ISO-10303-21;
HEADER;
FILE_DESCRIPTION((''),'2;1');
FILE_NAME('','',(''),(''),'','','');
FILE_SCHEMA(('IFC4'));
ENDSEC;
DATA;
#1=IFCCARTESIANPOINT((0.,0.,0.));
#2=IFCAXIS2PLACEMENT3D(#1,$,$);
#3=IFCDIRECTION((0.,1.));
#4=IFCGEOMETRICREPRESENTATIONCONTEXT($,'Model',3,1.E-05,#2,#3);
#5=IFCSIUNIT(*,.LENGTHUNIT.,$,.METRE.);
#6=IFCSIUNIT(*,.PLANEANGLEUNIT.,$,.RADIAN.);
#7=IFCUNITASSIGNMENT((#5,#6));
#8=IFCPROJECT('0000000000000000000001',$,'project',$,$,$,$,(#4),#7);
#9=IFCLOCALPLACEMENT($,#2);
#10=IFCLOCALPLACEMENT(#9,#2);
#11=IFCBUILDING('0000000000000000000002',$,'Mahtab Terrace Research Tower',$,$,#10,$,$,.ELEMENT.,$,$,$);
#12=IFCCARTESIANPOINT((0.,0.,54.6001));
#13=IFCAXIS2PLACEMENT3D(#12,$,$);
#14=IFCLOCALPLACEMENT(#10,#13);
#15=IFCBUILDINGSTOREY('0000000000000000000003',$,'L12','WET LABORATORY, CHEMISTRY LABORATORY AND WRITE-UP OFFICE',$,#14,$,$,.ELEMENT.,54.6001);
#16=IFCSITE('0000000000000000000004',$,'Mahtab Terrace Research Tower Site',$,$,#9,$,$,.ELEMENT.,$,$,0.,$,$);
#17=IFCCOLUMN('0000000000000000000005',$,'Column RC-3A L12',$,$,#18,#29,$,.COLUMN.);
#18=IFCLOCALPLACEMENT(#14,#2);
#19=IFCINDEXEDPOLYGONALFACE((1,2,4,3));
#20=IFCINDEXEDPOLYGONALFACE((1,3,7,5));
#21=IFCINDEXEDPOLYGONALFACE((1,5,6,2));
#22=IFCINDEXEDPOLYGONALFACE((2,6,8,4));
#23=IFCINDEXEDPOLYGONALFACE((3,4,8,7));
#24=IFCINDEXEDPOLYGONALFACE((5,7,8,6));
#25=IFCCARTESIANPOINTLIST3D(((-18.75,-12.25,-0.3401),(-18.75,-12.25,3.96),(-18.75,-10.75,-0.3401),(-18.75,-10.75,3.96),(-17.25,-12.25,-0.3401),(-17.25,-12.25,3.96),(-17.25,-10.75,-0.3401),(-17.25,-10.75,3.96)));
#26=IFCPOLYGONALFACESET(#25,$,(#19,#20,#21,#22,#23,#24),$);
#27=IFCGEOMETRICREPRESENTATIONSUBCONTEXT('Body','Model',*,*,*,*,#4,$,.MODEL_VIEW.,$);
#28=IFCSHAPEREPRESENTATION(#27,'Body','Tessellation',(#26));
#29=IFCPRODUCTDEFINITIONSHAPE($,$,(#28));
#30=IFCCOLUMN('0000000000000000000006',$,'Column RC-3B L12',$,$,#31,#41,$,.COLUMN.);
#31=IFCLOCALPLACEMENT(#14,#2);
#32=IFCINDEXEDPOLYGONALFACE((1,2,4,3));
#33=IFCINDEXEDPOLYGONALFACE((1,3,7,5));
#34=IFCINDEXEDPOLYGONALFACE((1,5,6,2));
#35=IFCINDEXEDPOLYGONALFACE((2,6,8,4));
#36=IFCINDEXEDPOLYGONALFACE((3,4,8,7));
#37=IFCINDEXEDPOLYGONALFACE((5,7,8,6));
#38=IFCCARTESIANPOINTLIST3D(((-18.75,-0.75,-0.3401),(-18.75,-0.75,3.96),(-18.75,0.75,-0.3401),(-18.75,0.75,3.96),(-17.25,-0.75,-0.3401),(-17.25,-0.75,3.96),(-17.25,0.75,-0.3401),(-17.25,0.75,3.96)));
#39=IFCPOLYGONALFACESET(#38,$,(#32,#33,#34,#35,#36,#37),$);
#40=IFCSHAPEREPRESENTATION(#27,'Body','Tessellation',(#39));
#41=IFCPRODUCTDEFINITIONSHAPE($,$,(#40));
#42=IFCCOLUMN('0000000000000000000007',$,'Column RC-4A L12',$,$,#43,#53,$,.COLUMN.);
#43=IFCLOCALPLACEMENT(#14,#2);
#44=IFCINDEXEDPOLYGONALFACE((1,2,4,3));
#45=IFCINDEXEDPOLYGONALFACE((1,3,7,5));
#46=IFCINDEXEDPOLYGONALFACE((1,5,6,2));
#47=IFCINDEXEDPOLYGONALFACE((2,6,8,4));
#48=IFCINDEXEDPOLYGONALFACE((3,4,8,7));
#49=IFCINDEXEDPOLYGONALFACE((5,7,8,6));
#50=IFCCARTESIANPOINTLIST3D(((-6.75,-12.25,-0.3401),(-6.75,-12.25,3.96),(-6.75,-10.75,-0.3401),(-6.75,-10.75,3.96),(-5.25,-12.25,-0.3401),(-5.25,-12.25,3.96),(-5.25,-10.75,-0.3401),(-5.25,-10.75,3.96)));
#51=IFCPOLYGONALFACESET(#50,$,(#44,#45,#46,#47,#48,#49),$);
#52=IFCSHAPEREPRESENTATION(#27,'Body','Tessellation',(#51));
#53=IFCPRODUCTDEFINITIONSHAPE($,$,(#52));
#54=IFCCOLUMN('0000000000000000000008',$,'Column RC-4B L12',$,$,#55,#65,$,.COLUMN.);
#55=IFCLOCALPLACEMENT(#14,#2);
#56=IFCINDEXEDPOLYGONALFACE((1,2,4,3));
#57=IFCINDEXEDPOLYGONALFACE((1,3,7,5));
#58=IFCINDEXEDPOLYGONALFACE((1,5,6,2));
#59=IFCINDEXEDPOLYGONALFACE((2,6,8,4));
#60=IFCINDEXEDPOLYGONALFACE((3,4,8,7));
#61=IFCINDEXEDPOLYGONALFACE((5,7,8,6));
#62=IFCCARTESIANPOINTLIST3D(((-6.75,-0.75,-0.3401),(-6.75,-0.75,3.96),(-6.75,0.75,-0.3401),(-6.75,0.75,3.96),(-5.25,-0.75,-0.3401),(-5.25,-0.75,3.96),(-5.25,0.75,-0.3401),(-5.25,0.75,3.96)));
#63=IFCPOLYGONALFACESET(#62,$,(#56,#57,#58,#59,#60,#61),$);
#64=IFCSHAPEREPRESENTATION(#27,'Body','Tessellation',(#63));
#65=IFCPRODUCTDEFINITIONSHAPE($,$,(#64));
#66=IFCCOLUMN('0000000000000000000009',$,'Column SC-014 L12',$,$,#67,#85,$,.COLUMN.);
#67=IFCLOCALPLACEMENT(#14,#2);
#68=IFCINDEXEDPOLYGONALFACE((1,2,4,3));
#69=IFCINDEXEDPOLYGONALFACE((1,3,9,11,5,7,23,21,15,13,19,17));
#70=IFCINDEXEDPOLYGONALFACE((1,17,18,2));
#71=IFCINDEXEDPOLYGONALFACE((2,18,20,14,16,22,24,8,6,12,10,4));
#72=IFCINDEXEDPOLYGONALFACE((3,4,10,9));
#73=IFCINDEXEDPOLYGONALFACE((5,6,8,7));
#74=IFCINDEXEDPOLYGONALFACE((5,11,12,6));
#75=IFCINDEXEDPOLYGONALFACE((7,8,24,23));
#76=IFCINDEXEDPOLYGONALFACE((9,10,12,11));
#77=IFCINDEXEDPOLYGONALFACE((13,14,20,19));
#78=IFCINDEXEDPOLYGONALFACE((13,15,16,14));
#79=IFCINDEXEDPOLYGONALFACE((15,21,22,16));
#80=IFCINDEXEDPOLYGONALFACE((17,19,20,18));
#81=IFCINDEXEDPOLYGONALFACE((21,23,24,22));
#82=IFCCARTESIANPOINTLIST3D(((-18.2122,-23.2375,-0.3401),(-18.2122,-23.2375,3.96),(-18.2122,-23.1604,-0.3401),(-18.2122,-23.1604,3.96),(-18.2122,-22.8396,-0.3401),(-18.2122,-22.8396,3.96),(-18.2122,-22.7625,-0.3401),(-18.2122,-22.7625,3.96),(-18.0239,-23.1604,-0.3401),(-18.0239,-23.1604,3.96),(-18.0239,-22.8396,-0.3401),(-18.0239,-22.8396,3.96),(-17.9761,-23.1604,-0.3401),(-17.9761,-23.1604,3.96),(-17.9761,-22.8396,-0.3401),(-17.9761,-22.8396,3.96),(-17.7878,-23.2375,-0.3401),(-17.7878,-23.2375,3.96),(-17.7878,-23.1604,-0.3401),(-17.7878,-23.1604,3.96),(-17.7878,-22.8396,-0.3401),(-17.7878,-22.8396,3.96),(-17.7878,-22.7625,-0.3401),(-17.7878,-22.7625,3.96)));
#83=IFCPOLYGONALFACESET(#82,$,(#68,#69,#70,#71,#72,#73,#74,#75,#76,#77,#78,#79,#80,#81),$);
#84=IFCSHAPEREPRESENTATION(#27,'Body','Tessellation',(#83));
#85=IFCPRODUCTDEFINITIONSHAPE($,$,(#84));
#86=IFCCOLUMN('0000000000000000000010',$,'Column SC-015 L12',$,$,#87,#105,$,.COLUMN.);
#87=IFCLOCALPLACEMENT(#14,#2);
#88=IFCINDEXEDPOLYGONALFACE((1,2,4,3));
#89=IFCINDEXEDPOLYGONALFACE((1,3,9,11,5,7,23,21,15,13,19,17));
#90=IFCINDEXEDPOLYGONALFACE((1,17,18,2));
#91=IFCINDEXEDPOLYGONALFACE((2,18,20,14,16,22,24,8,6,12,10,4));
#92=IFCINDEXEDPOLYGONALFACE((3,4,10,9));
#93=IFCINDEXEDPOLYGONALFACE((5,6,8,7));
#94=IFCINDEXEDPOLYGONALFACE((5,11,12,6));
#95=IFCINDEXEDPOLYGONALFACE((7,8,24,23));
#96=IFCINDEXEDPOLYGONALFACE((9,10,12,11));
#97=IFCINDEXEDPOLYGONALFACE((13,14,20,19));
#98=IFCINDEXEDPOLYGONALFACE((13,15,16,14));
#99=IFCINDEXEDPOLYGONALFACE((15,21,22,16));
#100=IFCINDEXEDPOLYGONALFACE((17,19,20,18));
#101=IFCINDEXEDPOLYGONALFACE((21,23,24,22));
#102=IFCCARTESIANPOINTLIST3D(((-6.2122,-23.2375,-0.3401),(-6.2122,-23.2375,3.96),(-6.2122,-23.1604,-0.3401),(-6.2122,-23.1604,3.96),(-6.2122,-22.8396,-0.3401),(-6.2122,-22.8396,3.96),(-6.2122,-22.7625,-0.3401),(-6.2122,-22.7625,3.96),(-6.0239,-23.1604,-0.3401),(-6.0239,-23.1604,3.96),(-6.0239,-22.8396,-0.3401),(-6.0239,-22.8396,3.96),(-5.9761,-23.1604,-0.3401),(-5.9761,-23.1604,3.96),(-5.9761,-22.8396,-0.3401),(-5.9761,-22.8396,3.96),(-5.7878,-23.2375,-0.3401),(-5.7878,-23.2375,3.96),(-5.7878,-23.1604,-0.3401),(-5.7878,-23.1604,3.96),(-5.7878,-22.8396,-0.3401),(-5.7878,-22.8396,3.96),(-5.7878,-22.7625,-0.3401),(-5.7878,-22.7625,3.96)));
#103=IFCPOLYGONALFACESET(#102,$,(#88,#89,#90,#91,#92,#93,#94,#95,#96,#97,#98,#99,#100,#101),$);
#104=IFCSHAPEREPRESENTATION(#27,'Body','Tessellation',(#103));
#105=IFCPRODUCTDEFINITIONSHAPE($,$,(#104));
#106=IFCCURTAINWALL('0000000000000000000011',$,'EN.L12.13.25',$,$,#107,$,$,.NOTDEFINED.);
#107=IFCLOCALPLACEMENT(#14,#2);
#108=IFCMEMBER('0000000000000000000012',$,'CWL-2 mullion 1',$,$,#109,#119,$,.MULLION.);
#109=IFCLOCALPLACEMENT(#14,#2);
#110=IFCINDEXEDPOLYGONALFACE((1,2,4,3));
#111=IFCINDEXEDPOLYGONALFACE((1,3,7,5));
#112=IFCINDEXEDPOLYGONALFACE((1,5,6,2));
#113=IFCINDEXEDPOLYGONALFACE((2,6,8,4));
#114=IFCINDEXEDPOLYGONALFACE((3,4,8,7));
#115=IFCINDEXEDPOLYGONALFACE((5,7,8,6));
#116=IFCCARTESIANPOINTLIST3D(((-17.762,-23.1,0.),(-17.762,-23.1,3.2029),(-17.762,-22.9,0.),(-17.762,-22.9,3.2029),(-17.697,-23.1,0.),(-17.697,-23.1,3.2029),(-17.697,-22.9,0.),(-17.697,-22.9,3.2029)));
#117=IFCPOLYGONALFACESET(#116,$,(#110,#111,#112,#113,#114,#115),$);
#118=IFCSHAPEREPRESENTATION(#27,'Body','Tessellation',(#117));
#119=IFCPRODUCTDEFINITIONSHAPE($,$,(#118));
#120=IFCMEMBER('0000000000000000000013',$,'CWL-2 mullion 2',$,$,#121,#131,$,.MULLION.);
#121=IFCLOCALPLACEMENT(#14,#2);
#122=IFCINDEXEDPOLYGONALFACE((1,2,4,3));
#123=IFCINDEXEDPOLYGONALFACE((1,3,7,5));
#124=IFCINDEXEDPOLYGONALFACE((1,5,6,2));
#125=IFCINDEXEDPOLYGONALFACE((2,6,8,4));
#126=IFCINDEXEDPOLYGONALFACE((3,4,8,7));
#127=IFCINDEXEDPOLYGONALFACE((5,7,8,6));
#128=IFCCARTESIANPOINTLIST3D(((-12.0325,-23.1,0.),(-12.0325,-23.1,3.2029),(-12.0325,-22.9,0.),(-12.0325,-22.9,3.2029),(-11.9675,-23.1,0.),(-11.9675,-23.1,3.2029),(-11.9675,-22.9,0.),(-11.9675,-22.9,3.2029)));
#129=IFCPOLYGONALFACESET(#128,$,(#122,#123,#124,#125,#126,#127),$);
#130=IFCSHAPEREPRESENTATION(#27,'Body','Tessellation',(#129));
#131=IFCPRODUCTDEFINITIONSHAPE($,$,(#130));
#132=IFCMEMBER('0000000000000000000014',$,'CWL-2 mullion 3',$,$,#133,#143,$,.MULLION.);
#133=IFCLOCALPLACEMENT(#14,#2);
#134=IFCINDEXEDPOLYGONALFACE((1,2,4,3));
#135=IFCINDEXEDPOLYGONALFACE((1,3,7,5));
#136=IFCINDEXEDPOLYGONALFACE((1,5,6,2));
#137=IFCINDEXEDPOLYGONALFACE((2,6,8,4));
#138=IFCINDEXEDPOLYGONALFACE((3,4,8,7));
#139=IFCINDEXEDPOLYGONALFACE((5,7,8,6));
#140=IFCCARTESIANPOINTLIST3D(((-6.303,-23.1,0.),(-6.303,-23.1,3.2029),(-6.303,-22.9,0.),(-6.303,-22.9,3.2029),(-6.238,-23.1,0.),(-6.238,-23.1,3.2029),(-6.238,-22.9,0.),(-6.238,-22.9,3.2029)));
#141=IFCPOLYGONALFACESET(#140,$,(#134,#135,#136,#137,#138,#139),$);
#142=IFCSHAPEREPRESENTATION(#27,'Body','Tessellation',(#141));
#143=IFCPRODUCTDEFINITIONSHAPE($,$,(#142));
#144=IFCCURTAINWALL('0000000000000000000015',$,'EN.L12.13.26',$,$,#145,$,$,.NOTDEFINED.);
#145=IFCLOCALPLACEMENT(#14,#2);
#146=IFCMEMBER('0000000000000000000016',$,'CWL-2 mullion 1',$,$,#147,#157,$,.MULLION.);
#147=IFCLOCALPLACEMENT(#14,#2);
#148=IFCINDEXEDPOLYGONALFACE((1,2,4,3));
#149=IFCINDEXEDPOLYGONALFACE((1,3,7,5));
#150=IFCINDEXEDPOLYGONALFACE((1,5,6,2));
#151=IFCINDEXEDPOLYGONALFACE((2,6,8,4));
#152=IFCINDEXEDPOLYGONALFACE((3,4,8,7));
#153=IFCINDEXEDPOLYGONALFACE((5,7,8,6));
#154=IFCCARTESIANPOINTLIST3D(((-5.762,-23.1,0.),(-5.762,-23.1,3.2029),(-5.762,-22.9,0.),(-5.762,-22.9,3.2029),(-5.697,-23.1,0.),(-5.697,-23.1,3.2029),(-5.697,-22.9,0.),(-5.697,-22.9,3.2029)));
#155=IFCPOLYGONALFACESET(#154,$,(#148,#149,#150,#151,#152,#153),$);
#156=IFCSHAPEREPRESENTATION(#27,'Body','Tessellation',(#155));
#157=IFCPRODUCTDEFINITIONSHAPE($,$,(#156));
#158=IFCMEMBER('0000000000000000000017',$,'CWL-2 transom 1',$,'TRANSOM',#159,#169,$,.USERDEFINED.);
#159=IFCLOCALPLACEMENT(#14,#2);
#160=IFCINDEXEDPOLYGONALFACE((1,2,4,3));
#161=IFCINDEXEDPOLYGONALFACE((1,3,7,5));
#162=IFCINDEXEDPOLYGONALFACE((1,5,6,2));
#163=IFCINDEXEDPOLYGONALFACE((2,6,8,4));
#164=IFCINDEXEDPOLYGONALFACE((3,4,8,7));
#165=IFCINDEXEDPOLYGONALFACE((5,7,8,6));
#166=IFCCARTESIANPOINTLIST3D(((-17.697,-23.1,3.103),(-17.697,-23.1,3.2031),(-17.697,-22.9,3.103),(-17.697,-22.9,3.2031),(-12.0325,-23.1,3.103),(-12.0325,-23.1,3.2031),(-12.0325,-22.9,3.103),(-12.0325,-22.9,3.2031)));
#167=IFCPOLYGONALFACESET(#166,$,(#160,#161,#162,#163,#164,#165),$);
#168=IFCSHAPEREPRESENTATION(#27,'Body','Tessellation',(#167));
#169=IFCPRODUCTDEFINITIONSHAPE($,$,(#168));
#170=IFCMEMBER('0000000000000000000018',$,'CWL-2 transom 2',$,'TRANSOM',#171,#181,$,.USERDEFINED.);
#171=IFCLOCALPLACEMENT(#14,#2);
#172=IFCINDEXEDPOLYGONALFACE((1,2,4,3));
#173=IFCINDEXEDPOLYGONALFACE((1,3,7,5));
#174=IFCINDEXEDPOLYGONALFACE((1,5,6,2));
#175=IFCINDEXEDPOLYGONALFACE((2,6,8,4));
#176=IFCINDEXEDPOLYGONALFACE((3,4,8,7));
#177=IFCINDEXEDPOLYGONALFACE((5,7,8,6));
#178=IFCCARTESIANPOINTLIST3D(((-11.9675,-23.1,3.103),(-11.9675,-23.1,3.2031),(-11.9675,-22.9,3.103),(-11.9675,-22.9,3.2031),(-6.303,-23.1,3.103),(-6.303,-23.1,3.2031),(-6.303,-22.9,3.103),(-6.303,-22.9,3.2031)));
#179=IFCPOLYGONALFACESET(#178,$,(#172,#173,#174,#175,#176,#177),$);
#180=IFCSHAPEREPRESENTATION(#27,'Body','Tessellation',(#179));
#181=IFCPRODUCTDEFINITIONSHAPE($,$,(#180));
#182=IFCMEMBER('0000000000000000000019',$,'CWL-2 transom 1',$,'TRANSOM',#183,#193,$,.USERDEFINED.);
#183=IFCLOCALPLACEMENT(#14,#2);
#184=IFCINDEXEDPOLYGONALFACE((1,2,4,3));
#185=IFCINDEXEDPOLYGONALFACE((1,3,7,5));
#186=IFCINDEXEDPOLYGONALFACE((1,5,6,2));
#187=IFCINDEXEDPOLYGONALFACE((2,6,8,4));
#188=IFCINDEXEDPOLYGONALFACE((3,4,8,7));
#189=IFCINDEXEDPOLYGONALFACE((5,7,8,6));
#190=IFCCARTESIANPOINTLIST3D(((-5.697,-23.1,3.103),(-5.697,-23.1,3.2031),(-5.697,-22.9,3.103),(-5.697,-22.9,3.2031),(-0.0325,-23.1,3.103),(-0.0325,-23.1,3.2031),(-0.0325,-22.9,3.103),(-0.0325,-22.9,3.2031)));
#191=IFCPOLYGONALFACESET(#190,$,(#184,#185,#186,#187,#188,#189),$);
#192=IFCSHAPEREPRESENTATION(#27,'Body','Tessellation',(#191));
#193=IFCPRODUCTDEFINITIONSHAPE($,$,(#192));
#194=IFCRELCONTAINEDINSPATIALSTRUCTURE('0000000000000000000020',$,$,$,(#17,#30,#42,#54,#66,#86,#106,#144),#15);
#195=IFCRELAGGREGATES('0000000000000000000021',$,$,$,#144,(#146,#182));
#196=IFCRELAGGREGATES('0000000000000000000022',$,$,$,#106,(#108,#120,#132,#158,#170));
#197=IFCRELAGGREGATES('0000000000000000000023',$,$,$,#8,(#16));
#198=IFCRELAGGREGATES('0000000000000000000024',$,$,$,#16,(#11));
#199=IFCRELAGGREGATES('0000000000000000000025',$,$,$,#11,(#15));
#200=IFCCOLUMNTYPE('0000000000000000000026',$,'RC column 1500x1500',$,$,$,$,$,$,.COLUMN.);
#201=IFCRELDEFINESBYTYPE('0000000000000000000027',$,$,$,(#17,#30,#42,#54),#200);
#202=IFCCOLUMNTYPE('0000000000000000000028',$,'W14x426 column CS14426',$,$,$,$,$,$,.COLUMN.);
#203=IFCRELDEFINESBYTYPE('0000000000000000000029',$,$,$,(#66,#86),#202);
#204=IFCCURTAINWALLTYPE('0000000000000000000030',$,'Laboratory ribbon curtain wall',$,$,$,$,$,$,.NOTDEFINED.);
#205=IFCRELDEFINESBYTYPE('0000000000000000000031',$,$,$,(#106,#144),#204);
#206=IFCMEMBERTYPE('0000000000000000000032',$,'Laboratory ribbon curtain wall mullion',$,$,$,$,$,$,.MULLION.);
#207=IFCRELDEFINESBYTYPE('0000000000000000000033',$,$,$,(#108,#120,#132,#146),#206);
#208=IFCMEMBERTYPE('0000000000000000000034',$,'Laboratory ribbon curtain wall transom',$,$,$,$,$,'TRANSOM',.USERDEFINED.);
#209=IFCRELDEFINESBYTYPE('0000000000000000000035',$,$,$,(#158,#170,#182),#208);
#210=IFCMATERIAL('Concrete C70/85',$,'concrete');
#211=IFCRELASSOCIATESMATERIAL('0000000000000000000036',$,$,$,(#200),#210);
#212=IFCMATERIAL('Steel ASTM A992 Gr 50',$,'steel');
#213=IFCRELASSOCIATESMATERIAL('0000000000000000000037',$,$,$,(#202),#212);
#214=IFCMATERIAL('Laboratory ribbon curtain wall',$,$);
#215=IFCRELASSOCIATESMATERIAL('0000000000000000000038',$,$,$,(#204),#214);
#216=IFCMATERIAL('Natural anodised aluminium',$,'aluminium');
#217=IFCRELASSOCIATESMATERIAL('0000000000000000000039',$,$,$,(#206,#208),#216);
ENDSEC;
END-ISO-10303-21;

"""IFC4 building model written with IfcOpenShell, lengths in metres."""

from ifc_helpers import new_model, si_unit, direction, frame, origin, origin_2d, place, context, subcontext, project, spatial, rectangle, i_section, extrude, material, material_profile, profile_set, type_object, element, aggregate, save


model = new_model("IFC4")

# Units and contexts
model_context = context("Model", 3, precision=1e-05, world=origin(), true_north=direction((0.0, 1.0)))
body_context = subcontext(model_context, "Body", "Model", "MODEL_VIEW")
ifc_project = project(units=[si_unit("LENGTHUNIT", "METRE"), si_unit("PLANEANGLEUNIT", "RADIAN")], contexts=[model_context])

# Site, building, storey
site_placement = place(None, origin())
site = spatial("IfcSite", under=ifc_project, at=site_placement, Name="Mahtab Terrace Research Tower Site", CompositionType="ELEMENT", RefElevation=0.0)
building_placement = place(site_placement, origin())
building = spatial("IfcBuilding", under=site, at=building_placement, Name="Mahtab Terrace Research Tower", CompositionType="ELEMENT")
storey_placement = place(building_placement, frame((0.0, 0.0, 54.6001)))
storey = spatial("IfcBuildingStorey", under=building, at=storey_placement, Name="L12", Description="WET LABORATORY, CHEMISTRY LABORATORY AND WRITE-UP OFFICE", CompositionType="ELEMENT", Elevation=54.6001)

# Columns
ifc_material_1 = material(Name="Concrete C70/85", Category="concrete")
ifc_material_profile_1 = material_profile(ifc_material_1, rectangle(XDim=1.5, YDim=1.5, at=origin_2d()), Name="RC column 1500x1500")
ifc_profile_set_1 = profile_set([ifc_material_profile_1], Name="Concrete C70/85")
column_type_1 = type_object("IfcColumnType", Name="RC column 1500x1500", PredefinedType="COLUMN", material=ifc_profile_set_1)
for number, where, z_axis, x_axis, name in (
    (1, (-18.0, -11.5, -0.3401), (0.0, 0.0, 1.0), (1.0, 0.0, 0.0), "Column RC-3A L12"),
    (2, (-18.0, 0.0, -0.3401), (0.0, 0.0, 1.0), (1.0, 0.0, 0.0), "Column RC-3B L12"),
    (3, (-6.0, -11.5, -0.3401), (0.0, 0.0, 1.0), (1.0, 0.0, 0.0), "Column RC-4A L12"),
    (4, (-6.0, 0.0, -0.3401), (0.0, 0.0, 1.0), (1.0, 0.0, 0.0), "Column RC-4B L12"),
):
    element("IfcColumn", number, at=place(storey_placement, frame(where, z_axis=z_axis, x_axis=x_axis)), inside=storey, type_object=column_type_1, Name=name, PredefinedType="COLUMN", context=body_context, shape_type="SweptSolid", body=[
        extrude(rectangle(XDim=1.5, YDim=1.5, at=origin_2d()), origin(), (0.0, 0.0, 1.0), 4.3),
    ])
ifc_material_2 = material(Name="Steel ASTM A992 Gr 50", Category="steel")
ifc_material_profile_2 = material_profile(ifc_material_2, i_section(OverallWidth=0.4243, OverallDepth=0.4751, WebThickness=0.0479, FlangeThickness=0.0771, at=origin_2d()), Name="W14X426")
ifc_profile_set_2 = profile_set([ifc_material_profile_2], Name="Steel ASTM A992 Gr 50")
column_type_2 = type_object("IfcColumnType", Name="W14x426 column CS14426", PredefinedType="COLUMN", material=ifc_profile_set_2)
for number, where, z_axis, x_axis, name in (
    (5, (-18.0, -23.0, -0.3401), (0.0, 0.0, 1.0), (1.0, 0.0, 0.0), "Column SC-014 L12"),
    (6, (-6.0, -23.0, -0.3401), (0.0, 0.0, 1.0), (1.0, 0.0, 0.0), "Column SC-015 L12"),
):
    element("IfcColumn", number, at=place(storey_placement, frame(where, z_axis=z_axis, x_axis=x_axis)), inside=storey, type_object=column_type_2, Name=name, PredefinedType="COLUMN", context=body_context, shape_type="SweptSolid", body=[
        extrude(i_section(OverallWidth=0.4243, OverallDepth=0.4751, WebThickness=0.0479, FlangeThickness=0.0771, at=origin_2d()), origin(), (0.0, 0.0, 1.0), 4.3),
    ])

# Curtain wall, members
ifc_material_3 = material(Name="Laboratory ribbon curtain wall")
curtain_wall_type = type_object("IfcCurtainWallType", Name="Laboratory ribbon curtain wall", PredefinedType="NOTDEFINED", material=ifc_material_3)
curtain_wall_1_placement = place(storey_placement, origin())
curtain_wall_1 = element("IfcCurtainWall", 7, at=curtain_wall_1_placement, inside=storey, type_object=curtain_wall_type, Name="EN.L12.13.25", PredefinedType="NOTDEFINED")
ifc_material_4 = material(Name="Natural anodised aluminium", Category="aluminium")
ifc_material_profile_3 = material_profile(ifc_material_4, rectangle(XDim=0.2, YDim=0.0649, at=origin_2d()), Name="MULLION 65x200")
ifc_profile_set_3 = profile_set([ifc_material_profile_3], Name="Natural anodised aluminium")
member_type_1 = type_object("IfcMemberType", Name="Laboratory ribbon curtain wall mullion", PredefinedType="MULLION", material=ifc_profile_set_3)
member_1_placement = place(storey_placement, frame((-17.7295, -23.0, 0.0), z_axis=(0.0, 0.0, 1.0), x_axis=(0.0, 1.0, 0.0)))
member_1 = element("IfcMember", 8, at=member_1_placement, type_object=member_type_1, Name="CWL-2 mullion 1", PredefinedType="MULLION", context=body_context, shape_type="SweptSolid", body=[
    extrude(rectangle(XDim=0.2, YDim=0.0649, at=origin_2d()), origin(), (0.0, 0.0, 1.0), 3.2029),
])
member_2_placement = place(storey_placement, frame((-12.0, -23.0, 0.0), z_axis=(0.0, 0.0, 1.0), x_axis=(0.0, 1.0, 0.0)))
member_2 = element("IfcMember", 9, at=member_2_placement, type_object=member_type_1, Name="CWL-2 mullion 2", PredefinedType="MULLION", context=body_context, shape_type="SweptSolid", body=[
    extrude(rectangle(XDim=0.2, YDim=0.0649, at=origin_2d()), origin(), (0.0, 0.0, 1.0), 3.2029),
])
member_3_placement = place(storey_placement, frame((-6.2705, -23.0, 0.0), z_axis=(0.0, 0.0, 1.0), x_axis=(0.0, 1.0, 0.0)))
member_3 = element("IfcMember", 10, at=member_3_placement, type_object=member_type_1, Name="CWL-2 mullion 3", PredefinedType="MULLION", context=body_context, shape_type="SweptSolid", body=[
    extrude(rectangle(XDim=0.2, YDim=0.0649, at=origin_2d()), origin(), (0.0, 0.0, 1.0), 3.2029),
])

# Curtain wall, member
curtain_wall_2_placement = place(storey_placement, origin())
curtain_wall_2 = element("IfcCurtainWall", 11, at=curtain_wall_2_placement, inside=storey, type_object=curtain_wall_type, Name="EN.L12.13.26", PredefinedType="NOTDEFINED")
member_4_placement = place(storey_placement, frame((-5.7295, -23.0, 0.0), z_axis=(0.0, 0.0, 1.0), x_axis=(0.0, 1.0, 0.0)))
member_4 = element("IfcMember", 12, at=member_4_placement, type_object=member_type_1, Name="CWL-2 mullion 1", PredefinedType="MULLION", context=body_context, shape_type="SweptSolid", body=[
    extrude(rectangle(XDim=0.2, YDim=0.0649, at=origin_2d()), origin(), (0.0, 0.0, 1.0), 3.2029),
])

# Members
ifc_material_profile_4 = material_profile(ifc_material_4, rectangle(XDim=0.2, YDim=0.1001, at=origin_2d()), Name="TRANSOM 100x200")
ifc_profile_set_4 = profile_set([ifc_material_profile_4], Name="Natural anodised aluminium")
member_type_2 = type_object("IfcMemberType", Name="Laboratory ribbon curtain wall transom", ElementType="TRANSOM", PredefinedType="USERDEFINED", material=ifc_profile_set_4)
member_5_placement = place(storey_placement, frame((-17.697, -23.0, 3.1531), z_axis=(1.0, 0.0, 0.0), x_axis=(0.0, 1.0, 0.0)))
member_5 = element("IfcMember", 13, at=member_5_placement, type_object=member_type_2, Name="CWL-2 transom 1", ObjectType="TRANSOM", PredefinedType="USERDEFINED", context=body_context, shape_type="SweptSolid", body=[
    extrude(rectangle(XDim=0.2, YDim=0.1001, at=origin_2d()), origin(), (0.0, 0.0, 1.0), 5.6646),
])
member_6_placement = place(storey_placement, frame((-11.9675, -23.0, 3.1531), z_axis=(1.0, 0.0, 0.0), x_axis=(0.0, 1.0, 0.0)))
member_6 = element("IfcMember", 14, at=member_6_placement, type_object=member_type_2, Name="CWL-2 transom 2", ObjectType="TRANSOM", PredefinedType="USERDEFINED", context=body_context, shape_type="SweptSolid", body=[
    extrude(rectangle(XDim=0.2, YDim=0.1001, at=origin_2d()), origin(), (0.0, 0.0, 1.0), 5.6646),
])
member_7_placement = place(storey_placement, frame((-5.697, -23.0, 3.1531), z_axis=(1.0, 0.0, 0.0), x_axis=(0.0, 1.0, 0.0)))
member_7 = element("IfcMember", 15, at=member_7_placement, type_object=member_type_2, Name="CWL-2 transom 1", ObjectType="TRANSOM", PredefinedType="USERDEFINED", context=body_context, shape_type="SweptSolid", body=[
    extrude(rectangle(XDim=0.2, YDim=0.1001, at=origin_2d()), origin(), (0.0, 0.0, 1.0), 5.6646),
])
aggregate(curtain_wall_2, [member_4, member_7])

aggregate(curtain_wall_1, [member_1, member_2, member_3, member_5, member_6])

save(model, "model.ifc")
